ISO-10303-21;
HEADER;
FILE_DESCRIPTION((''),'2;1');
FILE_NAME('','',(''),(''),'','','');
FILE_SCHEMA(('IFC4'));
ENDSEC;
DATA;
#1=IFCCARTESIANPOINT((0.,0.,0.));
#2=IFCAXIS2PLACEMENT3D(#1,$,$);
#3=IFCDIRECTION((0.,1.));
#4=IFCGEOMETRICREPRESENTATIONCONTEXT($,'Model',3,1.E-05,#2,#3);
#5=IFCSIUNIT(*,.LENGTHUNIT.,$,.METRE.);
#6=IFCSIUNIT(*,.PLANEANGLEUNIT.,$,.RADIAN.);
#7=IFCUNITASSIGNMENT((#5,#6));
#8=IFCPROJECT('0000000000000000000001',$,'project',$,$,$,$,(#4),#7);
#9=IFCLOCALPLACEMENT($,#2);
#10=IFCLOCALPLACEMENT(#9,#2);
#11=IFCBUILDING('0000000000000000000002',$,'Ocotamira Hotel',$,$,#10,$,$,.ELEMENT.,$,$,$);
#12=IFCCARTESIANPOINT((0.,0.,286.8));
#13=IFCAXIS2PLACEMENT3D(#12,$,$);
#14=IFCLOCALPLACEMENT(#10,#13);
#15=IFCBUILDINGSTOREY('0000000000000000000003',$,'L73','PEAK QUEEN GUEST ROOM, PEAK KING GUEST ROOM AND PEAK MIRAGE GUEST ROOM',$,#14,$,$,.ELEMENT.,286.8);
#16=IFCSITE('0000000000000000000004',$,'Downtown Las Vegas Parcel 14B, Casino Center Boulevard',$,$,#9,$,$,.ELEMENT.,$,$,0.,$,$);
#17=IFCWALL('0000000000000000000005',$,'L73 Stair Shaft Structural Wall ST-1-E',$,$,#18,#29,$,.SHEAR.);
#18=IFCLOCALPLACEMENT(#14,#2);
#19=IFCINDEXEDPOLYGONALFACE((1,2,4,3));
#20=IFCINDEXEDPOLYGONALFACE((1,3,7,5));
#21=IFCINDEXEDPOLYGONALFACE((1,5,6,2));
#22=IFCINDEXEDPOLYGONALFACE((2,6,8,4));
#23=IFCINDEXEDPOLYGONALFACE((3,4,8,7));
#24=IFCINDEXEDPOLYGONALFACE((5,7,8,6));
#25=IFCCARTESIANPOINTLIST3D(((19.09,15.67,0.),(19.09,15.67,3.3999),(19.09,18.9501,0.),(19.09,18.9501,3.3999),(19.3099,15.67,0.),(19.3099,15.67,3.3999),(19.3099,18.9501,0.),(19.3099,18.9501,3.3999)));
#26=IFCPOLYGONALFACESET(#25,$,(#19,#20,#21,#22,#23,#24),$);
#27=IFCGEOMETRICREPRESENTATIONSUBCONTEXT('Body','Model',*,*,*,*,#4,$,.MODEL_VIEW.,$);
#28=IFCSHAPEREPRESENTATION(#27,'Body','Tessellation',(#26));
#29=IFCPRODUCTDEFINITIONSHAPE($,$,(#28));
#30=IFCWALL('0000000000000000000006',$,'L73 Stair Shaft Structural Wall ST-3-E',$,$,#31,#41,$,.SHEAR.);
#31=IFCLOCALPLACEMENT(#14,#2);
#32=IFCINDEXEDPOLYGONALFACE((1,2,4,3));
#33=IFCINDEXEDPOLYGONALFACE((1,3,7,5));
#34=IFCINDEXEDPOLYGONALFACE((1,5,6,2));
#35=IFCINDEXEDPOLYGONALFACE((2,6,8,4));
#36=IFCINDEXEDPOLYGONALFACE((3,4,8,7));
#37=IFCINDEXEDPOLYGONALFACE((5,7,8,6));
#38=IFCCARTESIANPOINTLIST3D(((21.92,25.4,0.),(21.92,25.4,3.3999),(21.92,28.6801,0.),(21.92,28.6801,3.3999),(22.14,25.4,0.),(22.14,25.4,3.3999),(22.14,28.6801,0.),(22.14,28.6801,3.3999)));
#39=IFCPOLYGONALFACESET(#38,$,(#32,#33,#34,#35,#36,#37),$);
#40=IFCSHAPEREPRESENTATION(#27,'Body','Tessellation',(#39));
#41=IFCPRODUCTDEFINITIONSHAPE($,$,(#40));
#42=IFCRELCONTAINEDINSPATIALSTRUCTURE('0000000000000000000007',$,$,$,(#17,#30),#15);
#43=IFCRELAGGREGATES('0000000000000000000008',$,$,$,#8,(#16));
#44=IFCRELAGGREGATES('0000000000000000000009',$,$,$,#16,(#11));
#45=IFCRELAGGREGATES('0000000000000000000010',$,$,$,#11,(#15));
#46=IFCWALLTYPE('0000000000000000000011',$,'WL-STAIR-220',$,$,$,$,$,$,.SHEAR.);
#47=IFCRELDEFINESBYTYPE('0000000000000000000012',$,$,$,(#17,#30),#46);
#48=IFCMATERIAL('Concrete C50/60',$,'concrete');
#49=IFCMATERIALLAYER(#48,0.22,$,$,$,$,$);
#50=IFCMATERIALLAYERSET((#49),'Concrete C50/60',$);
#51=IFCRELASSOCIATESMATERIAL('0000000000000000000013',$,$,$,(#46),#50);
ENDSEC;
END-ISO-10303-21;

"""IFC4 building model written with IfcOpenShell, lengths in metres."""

from ifc_helpers import new_model, si_unit, direction, frame, frame_2d, origin, place, context, subcontext, project, spatial, rectangle, extrude, material, layer, layer_set, type_object, element, save


model = new_model("IFC4")

# Units and contexts
model_context = context("Model", 3, precision=1e-05, world=origin(), true_north=direction((0.0, 1.0)))
body_context = subcontext(model_context, "Body", "Model", "MODEL_VIEW")
ifc_project = project(units=[si_unit("LENGTHUNIT", "METRE"), si_unit("PLANEANGLEUNIT", "RADIAN")], contexts=[model_context])

# Site, building, storey
site_placement = place(None, origin())
site = spatial("IfcSite", under=ifc_project, at=site_placement, Name="Downtown Las Vegas Parcel 14B, Casino Center Boulevard", CompositionType="ELEMENT", RefElevation=0.0)
building_placement = place(site_placement, origin())
building = spatial("IfcBuilding", under=site, at=building_placement, Name="Ocotamira Hotel", CompositionType="ELEMENT")
storey_placement = place(building_placement, frame((0.0, 0.0, 286.8)))
storey = spatial("IfcBuildingStorey", under=building, at=storey_placement, Name="L73", Description="PEAK QUEEN GUEST ROOM, PEAK KING GUEST ROOM AND PEAK MIRAGE GUEST ROOM", CompositionType="ELEMENT", Elevation=286.8)

# Shared definitions
ifc_material_1 = material(Name="Concrete C50/60", Category="concrete")

# Walls
ifc_layer_1 = layer(ifc_material_1, 0.22)
ifc_layer_set_1 = layer_set([ifc_layer_1], Name="Concrete C50/60")
wall_type_1 = type_object("IfcWallType", Name="WL-STAIR-220", PredefinedType="SHEAR", material=ifc_layer_set_1)
for number, where, z_axis, x_axis, name in (
    (1, (19.2, 15.6699, 0.0), (0.0, 0.0, 1.0), (0.0, 1.0, 0.0), "L73 Stair Shaft Structural Wall ST-1-E"),
    (2, (22.03, 25.3999, 0.0), (0.0, 0.0, 1.0), (0.0, 1.0, 0.0), "L73 Stair Shaft Structural Wall ST-3-E"),
):
    element("IfcWall", number, at=place(storey_placement, frame(where, z_axis=z_axis, x_axis=x_axis)), inside=storey, type_object=wall_type_1, Name=name, PredefinedType="SHEAR", context=body_context, shape_type="SweptSolid", body=[
        extrude(rectangle(XDim=3.28, YDim=0.22, at=frame_2d((1.6401, 0.0))), origin(), (0.0, 0.0, 1.0), 3.3999),
    ])

save(model, "model.ifc")
